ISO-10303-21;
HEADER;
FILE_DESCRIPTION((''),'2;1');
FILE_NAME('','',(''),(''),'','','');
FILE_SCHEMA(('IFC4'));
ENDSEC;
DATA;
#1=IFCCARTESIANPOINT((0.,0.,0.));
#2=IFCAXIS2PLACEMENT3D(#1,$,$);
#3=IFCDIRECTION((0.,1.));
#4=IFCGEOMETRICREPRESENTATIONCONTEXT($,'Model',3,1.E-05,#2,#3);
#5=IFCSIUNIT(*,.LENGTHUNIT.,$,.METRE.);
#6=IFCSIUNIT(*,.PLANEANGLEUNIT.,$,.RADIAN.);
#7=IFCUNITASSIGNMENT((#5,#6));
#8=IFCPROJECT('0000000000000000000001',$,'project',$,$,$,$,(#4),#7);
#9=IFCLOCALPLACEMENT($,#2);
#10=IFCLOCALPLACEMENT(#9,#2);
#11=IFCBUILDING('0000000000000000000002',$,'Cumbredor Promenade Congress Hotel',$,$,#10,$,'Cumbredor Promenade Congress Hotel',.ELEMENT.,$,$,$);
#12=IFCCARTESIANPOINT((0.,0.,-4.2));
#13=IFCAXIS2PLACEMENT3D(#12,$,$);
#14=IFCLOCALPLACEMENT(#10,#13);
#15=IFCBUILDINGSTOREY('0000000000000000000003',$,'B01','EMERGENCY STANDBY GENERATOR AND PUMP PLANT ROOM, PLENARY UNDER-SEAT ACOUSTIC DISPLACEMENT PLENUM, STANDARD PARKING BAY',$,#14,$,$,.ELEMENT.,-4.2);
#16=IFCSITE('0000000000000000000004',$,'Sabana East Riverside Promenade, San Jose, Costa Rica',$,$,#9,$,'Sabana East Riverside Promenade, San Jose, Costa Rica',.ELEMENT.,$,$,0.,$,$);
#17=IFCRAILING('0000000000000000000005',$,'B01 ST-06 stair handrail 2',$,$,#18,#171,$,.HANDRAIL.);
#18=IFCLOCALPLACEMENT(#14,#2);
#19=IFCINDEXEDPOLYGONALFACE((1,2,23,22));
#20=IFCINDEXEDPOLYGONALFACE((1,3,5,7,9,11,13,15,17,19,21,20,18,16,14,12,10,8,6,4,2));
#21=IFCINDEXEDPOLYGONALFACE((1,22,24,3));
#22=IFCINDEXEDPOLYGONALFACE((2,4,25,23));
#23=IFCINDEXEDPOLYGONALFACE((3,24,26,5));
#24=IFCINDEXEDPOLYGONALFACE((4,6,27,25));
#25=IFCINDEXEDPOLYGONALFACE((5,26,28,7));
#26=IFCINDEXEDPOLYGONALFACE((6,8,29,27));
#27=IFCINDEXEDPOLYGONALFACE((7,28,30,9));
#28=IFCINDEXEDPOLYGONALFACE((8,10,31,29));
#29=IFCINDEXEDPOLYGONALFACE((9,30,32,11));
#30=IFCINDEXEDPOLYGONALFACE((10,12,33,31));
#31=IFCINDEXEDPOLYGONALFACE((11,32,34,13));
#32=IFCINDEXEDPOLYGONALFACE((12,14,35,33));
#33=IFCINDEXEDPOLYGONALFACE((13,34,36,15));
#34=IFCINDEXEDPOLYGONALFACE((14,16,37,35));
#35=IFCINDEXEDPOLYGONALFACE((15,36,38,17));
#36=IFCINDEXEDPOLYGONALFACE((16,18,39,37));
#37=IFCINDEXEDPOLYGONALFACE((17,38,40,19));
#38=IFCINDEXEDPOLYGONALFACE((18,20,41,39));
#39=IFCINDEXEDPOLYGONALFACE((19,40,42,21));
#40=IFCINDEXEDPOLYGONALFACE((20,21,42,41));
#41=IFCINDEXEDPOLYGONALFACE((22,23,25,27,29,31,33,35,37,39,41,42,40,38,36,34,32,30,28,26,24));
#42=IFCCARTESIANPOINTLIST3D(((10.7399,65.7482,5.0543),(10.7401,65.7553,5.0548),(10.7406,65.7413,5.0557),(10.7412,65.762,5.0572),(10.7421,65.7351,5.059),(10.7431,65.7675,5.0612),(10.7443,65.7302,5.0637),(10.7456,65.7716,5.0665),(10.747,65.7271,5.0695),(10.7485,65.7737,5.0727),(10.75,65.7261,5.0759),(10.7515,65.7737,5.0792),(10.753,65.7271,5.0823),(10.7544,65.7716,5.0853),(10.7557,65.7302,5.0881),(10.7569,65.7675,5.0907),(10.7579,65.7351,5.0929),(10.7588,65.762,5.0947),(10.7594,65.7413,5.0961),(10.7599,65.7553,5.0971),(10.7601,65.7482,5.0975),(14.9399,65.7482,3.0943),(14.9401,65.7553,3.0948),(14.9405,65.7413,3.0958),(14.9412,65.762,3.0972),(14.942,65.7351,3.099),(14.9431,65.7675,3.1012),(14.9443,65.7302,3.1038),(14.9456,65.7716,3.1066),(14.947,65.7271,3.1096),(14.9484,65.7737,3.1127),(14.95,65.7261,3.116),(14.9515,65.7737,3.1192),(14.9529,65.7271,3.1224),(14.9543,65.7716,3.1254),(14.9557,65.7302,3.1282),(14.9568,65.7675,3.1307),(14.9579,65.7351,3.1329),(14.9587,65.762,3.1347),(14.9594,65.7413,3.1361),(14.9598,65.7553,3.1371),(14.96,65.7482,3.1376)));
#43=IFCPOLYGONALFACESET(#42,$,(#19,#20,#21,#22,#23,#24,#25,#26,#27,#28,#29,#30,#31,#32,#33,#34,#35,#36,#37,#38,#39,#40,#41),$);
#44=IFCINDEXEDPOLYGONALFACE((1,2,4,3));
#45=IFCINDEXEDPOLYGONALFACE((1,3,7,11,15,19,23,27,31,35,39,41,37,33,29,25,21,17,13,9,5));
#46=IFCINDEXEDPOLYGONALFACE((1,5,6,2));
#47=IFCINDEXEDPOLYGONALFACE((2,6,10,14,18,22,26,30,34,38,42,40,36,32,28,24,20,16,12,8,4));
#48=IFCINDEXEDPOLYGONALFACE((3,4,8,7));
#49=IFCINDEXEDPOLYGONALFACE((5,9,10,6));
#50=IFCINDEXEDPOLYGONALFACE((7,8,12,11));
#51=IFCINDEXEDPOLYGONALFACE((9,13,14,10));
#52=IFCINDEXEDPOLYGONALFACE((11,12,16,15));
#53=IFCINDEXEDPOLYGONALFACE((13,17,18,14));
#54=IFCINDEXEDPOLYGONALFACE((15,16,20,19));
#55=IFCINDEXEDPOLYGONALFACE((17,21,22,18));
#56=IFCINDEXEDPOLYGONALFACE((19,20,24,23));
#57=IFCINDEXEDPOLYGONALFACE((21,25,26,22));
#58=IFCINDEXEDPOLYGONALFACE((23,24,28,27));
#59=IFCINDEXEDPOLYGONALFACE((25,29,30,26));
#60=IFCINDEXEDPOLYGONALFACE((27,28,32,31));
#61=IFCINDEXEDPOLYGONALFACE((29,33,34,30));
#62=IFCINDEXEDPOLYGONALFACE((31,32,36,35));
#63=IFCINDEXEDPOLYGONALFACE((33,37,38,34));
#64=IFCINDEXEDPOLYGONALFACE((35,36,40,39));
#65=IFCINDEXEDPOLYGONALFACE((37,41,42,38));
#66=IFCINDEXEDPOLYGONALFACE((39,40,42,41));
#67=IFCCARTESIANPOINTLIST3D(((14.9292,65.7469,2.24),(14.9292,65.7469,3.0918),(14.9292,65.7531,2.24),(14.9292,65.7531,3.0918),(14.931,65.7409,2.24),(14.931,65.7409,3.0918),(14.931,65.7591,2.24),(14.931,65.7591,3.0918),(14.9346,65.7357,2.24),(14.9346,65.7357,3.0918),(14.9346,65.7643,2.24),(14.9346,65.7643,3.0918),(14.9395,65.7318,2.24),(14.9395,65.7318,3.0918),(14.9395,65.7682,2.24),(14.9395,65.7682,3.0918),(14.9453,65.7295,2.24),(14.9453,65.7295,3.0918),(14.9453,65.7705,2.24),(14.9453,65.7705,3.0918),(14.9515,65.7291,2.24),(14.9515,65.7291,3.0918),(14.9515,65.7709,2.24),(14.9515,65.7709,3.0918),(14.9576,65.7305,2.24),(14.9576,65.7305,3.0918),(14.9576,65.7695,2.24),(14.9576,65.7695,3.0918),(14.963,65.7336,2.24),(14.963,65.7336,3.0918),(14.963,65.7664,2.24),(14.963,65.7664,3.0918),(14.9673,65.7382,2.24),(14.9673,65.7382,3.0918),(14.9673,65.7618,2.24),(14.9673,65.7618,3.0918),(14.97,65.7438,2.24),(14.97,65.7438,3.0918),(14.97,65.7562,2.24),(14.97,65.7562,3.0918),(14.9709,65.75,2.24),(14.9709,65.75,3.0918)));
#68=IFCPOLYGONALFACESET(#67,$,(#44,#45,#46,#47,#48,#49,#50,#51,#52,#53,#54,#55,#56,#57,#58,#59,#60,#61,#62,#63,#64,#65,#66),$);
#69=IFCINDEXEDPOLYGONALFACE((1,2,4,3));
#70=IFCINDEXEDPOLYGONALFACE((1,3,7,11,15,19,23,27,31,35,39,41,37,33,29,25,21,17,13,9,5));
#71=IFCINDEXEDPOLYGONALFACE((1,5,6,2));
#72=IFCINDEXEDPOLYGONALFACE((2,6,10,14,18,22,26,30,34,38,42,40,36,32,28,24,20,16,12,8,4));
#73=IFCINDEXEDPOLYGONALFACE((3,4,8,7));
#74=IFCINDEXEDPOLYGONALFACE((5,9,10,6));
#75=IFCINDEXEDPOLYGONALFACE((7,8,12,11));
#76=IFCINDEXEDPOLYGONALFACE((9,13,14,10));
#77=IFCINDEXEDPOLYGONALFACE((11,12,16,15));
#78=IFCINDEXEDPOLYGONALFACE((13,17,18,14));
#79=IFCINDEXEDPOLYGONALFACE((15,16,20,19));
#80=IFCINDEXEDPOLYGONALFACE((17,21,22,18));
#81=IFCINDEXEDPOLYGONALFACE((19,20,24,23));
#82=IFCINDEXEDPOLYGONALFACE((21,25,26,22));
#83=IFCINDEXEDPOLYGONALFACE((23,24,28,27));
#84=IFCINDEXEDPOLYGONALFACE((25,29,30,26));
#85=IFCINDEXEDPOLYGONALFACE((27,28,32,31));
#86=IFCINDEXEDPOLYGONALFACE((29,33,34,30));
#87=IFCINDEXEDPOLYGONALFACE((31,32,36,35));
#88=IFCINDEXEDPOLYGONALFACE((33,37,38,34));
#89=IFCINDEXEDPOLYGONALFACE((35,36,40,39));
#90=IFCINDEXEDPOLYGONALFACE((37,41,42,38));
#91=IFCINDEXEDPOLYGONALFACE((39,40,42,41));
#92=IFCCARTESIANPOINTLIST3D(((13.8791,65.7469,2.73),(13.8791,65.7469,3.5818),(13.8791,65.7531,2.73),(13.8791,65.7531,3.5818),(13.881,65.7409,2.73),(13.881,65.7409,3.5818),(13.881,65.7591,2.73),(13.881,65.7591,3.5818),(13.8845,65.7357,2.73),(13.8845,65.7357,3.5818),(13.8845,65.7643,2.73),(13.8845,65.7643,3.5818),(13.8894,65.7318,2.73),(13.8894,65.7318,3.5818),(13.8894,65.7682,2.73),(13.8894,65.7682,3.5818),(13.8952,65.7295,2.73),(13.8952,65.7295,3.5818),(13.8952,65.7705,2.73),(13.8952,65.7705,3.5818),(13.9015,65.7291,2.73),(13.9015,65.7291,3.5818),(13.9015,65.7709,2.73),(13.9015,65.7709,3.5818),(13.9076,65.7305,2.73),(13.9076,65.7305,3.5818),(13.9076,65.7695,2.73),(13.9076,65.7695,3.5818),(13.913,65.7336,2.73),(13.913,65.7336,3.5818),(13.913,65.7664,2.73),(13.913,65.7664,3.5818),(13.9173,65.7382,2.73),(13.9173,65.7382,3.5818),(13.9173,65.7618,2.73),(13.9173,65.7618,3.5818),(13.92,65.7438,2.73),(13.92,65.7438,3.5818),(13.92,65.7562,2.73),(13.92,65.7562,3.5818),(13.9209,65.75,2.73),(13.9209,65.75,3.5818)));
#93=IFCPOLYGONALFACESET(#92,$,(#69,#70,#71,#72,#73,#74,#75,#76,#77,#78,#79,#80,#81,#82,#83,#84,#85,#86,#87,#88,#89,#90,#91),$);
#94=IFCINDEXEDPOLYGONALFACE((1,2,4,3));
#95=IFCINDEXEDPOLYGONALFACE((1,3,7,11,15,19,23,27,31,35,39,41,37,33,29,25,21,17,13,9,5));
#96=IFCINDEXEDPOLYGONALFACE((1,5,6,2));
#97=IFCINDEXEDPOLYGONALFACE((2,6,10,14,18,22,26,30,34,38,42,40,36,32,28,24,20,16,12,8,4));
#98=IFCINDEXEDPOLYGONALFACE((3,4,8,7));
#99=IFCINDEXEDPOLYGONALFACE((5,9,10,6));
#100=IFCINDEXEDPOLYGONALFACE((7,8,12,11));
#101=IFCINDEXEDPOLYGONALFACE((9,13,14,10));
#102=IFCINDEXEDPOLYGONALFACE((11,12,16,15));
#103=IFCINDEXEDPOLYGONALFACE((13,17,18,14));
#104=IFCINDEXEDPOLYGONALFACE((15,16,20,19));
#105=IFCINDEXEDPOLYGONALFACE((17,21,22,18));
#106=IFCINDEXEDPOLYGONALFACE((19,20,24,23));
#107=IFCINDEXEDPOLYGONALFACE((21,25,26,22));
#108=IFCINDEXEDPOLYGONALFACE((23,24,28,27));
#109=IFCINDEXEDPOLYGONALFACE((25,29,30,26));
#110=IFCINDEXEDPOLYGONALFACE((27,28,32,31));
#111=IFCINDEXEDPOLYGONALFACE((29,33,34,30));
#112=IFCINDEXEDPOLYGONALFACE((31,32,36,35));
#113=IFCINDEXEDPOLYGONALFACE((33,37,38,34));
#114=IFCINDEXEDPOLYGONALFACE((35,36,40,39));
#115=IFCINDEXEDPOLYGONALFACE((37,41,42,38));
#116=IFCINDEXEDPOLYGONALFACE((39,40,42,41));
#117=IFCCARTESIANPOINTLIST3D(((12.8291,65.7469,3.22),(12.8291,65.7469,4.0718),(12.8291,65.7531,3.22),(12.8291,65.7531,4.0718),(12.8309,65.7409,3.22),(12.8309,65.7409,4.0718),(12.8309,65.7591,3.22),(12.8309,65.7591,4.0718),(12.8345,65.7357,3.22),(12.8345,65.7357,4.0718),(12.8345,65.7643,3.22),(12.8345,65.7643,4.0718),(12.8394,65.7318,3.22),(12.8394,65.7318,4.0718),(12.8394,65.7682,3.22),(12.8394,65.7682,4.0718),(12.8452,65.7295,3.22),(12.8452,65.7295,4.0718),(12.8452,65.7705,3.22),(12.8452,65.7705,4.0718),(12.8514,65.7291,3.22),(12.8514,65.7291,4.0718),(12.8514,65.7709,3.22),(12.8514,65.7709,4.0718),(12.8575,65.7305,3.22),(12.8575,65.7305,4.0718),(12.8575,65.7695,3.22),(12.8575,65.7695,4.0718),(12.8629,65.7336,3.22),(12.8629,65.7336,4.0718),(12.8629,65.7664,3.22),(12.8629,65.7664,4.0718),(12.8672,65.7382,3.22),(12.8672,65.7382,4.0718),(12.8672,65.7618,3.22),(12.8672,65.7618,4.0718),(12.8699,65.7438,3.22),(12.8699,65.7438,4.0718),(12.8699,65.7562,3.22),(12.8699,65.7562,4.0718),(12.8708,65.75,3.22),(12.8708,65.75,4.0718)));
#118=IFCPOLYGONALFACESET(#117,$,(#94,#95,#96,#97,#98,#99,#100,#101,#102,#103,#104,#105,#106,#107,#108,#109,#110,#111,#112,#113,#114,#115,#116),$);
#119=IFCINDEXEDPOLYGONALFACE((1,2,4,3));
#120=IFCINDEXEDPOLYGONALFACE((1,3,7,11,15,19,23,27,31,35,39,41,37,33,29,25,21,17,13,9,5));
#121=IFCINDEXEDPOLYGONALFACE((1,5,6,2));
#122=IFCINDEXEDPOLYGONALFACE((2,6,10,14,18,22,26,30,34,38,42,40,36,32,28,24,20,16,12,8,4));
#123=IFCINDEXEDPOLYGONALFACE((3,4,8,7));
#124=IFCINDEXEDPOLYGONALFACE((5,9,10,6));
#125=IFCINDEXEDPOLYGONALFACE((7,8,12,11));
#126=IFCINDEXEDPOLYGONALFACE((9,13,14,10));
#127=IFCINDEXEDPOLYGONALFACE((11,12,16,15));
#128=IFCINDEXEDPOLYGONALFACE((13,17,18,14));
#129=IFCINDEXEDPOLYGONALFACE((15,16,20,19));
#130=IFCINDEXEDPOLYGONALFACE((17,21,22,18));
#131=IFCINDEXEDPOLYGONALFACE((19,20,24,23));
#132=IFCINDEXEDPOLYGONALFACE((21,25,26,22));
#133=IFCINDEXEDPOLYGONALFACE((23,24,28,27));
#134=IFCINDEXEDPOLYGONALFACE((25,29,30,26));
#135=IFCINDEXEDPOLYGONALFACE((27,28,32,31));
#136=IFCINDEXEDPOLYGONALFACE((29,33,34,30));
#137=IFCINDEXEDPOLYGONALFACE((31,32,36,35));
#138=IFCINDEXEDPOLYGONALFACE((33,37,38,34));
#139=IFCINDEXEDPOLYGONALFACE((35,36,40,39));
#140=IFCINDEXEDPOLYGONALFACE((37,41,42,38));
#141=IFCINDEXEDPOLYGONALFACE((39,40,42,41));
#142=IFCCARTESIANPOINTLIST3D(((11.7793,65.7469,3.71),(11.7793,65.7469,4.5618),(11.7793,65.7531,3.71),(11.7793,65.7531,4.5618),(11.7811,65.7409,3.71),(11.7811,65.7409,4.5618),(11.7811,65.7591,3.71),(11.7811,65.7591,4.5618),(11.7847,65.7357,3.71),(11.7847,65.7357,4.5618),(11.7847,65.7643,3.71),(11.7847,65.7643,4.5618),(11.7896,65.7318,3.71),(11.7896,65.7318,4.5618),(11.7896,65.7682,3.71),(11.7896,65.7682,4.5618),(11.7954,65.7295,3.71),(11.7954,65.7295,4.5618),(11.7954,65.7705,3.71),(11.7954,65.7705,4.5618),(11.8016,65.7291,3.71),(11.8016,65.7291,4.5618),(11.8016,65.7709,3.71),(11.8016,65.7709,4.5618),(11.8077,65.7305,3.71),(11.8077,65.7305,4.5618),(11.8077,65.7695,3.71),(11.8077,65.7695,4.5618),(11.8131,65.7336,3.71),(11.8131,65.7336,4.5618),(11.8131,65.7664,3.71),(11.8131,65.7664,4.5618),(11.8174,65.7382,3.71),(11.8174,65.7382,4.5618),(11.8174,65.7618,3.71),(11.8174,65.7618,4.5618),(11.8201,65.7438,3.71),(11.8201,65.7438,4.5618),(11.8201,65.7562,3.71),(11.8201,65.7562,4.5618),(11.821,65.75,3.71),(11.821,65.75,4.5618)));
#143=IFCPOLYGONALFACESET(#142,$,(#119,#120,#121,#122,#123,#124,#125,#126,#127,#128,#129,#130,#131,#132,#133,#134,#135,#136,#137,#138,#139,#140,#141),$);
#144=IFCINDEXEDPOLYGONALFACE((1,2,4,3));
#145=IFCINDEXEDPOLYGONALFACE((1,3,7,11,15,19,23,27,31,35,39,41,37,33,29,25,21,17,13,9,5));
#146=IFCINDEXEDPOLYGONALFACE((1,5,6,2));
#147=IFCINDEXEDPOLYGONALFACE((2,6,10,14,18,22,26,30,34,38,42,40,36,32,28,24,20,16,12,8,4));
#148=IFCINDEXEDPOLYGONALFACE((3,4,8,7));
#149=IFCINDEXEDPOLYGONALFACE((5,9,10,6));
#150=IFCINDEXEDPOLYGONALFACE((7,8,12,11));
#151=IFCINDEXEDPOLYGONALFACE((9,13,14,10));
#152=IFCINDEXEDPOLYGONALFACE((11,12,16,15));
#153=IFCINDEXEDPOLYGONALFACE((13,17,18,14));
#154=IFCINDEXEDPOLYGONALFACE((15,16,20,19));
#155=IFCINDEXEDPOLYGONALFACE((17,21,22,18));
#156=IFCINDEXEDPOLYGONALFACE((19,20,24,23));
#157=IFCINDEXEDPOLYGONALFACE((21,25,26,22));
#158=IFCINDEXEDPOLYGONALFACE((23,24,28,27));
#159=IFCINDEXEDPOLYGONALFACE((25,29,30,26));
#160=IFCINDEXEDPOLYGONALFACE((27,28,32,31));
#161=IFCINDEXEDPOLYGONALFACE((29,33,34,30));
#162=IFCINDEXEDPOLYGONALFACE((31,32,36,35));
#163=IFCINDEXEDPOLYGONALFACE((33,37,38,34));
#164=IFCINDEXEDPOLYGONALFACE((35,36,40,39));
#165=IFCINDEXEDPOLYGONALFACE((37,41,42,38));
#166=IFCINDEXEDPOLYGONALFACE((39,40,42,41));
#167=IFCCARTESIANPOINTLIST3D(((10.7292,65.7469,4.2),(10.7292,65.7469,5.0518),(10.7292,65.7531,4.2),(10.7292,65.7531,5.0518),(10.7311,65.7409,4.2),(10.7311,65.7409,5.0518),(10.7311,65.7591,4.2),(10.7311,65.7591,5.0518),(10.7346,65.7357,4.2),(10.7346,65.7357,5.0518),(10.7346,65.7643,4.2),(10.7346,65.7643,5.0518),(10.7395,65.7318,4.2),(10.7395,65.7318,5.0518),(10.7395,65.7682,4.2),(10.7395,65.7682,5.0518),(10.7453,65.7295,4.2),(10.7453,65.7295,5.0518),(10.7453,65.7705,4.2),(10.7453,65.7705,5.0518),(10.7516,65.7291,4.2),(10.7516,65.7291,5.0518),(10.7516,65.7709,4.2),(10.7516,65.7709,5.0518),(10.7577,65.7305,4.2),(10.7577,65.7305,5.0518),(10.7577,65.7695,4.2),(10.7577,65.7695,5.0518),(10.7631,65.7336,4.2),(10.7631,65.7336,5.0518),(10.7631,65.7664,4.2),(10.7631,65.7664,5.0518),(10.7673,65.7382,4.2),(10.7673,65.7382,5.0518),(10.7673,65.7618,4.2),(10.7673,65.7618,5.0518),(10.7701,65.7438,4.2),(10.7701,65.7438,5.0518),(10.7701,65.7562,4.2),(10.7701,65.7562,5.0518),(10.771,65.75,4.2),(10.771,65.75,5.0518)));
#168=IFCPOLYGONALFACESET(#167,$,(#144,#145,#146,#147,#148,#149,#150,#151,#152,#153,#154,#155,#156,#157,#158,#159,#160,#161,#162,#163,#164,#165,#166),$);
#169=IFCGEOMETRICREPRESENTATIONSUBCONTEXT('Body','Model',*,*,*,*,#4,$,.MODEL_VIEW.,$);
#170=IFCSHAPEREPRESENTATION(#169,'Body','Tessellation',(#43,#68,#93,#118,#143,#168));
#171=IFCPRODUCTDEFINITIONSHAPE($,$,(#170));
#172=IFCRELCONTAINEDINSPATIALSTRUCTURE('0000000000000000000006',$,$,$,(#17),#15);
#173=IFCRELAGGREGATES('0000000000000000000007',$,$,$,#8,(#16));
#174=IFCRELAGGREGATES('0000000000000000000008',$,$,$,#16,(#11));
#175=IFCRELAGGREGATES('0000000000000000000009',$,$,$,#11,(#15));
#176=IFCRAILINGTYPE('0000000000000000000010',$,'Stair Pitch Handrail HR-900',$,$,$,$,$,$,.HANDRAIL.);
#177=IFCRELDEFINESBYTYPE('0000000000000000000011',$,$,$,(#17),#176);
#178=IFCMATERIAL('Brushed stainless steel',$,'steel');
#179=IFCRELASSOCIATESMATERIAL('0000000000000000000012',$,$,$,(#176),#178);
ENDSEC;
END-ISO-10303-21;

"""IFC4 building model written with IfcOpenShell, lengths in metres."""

from ifc_helpers import new_model, si_unit, direction, frame, origin, origin_2d, place, context, subcontext, project, spatial, circle, extrude, material, type_object, element, save


model = new_model("IFC4")

# Units and contexts
model_context = context("Model", 3, precision=1e-05, world=origin(), true_north=direction((0.0, 1.0)))
body_context = subcontext(model_context, "Body", "Model", "MODEL_VIEW")
ifc_project = project(units=[si_unit("LENGTHUNIT", "METRE"), si_unit("PLANEANGLEUNIT", "RADIAN")], contexts=[model_context])

# Site, building, storey
site_placement = place(None, origin())
site = spatial("IfcSite", under=ifc_project, at=site_placement, Name="Sabana East Riverside Promenade, San Jose, Costa Rica", LongName="Sabana East Riverside Promenade, San Jose, Costa Rica", CompositionType="ELEMENT", RefElevation=0.0)
building_placement = place(site_placement, origin())
building = spatial("IfcBuilding", under=site, at=building_placement, Name="Cumbredor Promenade Congress Hotel", LongName="Cumbredor Promenade Congress Hotel", CompositionType="ELEMENT")
storey_placement = place(building_placement, frame((0.0, 0.0, -4.2)))
storey = spatial("IfcBuildingStorey", under=building, at=storey_placement, Name="B01", Description="EMERGENCY STANDBY GENERATOR AND PUMP PLANT ROOM, PLENARY UNDER-SEAT ACOUSTIC DISPLACEMENT PLENUM, STANDARD PARKING BAY", CompositionType="ELEMENT", Elevation=-4.2)

# Railing
ifc_material_1 = material(Name="Brushed stainless steel", Category="steel")
railing_type_1 = type_object("IfcRailingType", Name="Stair Pitch Handrail HR-900", PredefinedType="HANDRAIL", material=ifc_material_1)
railing_1_placement = place(storey_placement, frame((14.95, 65.75, 2.24)))
element("IfcRailing", 1, at=railing_1_placement, inside=storey, type_object=railing_type_1, Name="B01 ST-06 stair handrail 2", PredefinedType="HANDRAIL", context=body_context, shape_type="SweptSolid", body=[
    extrude(circle(Radius=0.0239, at=origin_2d()), frame((0.0, 0.0, 0.876), z_axis=(-0.906184, 0.0, 0.422883), x_axis=(0.0, -1.0, 0.0)), (0.0, 0.0, 1.0), 4.6348),
    extrude(circle(Radius=0.021, at=origin_2d()), origin(), (0.0, 0.0, 1.0), 0.8518),
    extrude(circle(Radius=0.021, at=origin_2d()), frame((-1.05, 0.0, 0.49)), (0.0, 0.0, 1.0), 0.8518),
    extrude(circle(Radius=0.021, at=origin_2d()), frame((-2.1001, 0.0, 0.98)), (0.0, 0.0, 1.0), 0.8518),
    extrude(circle(Radius=0.021, at=origin_2d()), frame((-3.1499, 0.0, 1.47)), (0.0, 0.0, 1.0), 0.8518),
    extrude(circle(Radius=0.021, at=origin_2d()), frame((-4.2, 0.0, 1.96)), (0.0, 0.0, 1.0), 0.8518),
])

save(model, "model.ifc")
